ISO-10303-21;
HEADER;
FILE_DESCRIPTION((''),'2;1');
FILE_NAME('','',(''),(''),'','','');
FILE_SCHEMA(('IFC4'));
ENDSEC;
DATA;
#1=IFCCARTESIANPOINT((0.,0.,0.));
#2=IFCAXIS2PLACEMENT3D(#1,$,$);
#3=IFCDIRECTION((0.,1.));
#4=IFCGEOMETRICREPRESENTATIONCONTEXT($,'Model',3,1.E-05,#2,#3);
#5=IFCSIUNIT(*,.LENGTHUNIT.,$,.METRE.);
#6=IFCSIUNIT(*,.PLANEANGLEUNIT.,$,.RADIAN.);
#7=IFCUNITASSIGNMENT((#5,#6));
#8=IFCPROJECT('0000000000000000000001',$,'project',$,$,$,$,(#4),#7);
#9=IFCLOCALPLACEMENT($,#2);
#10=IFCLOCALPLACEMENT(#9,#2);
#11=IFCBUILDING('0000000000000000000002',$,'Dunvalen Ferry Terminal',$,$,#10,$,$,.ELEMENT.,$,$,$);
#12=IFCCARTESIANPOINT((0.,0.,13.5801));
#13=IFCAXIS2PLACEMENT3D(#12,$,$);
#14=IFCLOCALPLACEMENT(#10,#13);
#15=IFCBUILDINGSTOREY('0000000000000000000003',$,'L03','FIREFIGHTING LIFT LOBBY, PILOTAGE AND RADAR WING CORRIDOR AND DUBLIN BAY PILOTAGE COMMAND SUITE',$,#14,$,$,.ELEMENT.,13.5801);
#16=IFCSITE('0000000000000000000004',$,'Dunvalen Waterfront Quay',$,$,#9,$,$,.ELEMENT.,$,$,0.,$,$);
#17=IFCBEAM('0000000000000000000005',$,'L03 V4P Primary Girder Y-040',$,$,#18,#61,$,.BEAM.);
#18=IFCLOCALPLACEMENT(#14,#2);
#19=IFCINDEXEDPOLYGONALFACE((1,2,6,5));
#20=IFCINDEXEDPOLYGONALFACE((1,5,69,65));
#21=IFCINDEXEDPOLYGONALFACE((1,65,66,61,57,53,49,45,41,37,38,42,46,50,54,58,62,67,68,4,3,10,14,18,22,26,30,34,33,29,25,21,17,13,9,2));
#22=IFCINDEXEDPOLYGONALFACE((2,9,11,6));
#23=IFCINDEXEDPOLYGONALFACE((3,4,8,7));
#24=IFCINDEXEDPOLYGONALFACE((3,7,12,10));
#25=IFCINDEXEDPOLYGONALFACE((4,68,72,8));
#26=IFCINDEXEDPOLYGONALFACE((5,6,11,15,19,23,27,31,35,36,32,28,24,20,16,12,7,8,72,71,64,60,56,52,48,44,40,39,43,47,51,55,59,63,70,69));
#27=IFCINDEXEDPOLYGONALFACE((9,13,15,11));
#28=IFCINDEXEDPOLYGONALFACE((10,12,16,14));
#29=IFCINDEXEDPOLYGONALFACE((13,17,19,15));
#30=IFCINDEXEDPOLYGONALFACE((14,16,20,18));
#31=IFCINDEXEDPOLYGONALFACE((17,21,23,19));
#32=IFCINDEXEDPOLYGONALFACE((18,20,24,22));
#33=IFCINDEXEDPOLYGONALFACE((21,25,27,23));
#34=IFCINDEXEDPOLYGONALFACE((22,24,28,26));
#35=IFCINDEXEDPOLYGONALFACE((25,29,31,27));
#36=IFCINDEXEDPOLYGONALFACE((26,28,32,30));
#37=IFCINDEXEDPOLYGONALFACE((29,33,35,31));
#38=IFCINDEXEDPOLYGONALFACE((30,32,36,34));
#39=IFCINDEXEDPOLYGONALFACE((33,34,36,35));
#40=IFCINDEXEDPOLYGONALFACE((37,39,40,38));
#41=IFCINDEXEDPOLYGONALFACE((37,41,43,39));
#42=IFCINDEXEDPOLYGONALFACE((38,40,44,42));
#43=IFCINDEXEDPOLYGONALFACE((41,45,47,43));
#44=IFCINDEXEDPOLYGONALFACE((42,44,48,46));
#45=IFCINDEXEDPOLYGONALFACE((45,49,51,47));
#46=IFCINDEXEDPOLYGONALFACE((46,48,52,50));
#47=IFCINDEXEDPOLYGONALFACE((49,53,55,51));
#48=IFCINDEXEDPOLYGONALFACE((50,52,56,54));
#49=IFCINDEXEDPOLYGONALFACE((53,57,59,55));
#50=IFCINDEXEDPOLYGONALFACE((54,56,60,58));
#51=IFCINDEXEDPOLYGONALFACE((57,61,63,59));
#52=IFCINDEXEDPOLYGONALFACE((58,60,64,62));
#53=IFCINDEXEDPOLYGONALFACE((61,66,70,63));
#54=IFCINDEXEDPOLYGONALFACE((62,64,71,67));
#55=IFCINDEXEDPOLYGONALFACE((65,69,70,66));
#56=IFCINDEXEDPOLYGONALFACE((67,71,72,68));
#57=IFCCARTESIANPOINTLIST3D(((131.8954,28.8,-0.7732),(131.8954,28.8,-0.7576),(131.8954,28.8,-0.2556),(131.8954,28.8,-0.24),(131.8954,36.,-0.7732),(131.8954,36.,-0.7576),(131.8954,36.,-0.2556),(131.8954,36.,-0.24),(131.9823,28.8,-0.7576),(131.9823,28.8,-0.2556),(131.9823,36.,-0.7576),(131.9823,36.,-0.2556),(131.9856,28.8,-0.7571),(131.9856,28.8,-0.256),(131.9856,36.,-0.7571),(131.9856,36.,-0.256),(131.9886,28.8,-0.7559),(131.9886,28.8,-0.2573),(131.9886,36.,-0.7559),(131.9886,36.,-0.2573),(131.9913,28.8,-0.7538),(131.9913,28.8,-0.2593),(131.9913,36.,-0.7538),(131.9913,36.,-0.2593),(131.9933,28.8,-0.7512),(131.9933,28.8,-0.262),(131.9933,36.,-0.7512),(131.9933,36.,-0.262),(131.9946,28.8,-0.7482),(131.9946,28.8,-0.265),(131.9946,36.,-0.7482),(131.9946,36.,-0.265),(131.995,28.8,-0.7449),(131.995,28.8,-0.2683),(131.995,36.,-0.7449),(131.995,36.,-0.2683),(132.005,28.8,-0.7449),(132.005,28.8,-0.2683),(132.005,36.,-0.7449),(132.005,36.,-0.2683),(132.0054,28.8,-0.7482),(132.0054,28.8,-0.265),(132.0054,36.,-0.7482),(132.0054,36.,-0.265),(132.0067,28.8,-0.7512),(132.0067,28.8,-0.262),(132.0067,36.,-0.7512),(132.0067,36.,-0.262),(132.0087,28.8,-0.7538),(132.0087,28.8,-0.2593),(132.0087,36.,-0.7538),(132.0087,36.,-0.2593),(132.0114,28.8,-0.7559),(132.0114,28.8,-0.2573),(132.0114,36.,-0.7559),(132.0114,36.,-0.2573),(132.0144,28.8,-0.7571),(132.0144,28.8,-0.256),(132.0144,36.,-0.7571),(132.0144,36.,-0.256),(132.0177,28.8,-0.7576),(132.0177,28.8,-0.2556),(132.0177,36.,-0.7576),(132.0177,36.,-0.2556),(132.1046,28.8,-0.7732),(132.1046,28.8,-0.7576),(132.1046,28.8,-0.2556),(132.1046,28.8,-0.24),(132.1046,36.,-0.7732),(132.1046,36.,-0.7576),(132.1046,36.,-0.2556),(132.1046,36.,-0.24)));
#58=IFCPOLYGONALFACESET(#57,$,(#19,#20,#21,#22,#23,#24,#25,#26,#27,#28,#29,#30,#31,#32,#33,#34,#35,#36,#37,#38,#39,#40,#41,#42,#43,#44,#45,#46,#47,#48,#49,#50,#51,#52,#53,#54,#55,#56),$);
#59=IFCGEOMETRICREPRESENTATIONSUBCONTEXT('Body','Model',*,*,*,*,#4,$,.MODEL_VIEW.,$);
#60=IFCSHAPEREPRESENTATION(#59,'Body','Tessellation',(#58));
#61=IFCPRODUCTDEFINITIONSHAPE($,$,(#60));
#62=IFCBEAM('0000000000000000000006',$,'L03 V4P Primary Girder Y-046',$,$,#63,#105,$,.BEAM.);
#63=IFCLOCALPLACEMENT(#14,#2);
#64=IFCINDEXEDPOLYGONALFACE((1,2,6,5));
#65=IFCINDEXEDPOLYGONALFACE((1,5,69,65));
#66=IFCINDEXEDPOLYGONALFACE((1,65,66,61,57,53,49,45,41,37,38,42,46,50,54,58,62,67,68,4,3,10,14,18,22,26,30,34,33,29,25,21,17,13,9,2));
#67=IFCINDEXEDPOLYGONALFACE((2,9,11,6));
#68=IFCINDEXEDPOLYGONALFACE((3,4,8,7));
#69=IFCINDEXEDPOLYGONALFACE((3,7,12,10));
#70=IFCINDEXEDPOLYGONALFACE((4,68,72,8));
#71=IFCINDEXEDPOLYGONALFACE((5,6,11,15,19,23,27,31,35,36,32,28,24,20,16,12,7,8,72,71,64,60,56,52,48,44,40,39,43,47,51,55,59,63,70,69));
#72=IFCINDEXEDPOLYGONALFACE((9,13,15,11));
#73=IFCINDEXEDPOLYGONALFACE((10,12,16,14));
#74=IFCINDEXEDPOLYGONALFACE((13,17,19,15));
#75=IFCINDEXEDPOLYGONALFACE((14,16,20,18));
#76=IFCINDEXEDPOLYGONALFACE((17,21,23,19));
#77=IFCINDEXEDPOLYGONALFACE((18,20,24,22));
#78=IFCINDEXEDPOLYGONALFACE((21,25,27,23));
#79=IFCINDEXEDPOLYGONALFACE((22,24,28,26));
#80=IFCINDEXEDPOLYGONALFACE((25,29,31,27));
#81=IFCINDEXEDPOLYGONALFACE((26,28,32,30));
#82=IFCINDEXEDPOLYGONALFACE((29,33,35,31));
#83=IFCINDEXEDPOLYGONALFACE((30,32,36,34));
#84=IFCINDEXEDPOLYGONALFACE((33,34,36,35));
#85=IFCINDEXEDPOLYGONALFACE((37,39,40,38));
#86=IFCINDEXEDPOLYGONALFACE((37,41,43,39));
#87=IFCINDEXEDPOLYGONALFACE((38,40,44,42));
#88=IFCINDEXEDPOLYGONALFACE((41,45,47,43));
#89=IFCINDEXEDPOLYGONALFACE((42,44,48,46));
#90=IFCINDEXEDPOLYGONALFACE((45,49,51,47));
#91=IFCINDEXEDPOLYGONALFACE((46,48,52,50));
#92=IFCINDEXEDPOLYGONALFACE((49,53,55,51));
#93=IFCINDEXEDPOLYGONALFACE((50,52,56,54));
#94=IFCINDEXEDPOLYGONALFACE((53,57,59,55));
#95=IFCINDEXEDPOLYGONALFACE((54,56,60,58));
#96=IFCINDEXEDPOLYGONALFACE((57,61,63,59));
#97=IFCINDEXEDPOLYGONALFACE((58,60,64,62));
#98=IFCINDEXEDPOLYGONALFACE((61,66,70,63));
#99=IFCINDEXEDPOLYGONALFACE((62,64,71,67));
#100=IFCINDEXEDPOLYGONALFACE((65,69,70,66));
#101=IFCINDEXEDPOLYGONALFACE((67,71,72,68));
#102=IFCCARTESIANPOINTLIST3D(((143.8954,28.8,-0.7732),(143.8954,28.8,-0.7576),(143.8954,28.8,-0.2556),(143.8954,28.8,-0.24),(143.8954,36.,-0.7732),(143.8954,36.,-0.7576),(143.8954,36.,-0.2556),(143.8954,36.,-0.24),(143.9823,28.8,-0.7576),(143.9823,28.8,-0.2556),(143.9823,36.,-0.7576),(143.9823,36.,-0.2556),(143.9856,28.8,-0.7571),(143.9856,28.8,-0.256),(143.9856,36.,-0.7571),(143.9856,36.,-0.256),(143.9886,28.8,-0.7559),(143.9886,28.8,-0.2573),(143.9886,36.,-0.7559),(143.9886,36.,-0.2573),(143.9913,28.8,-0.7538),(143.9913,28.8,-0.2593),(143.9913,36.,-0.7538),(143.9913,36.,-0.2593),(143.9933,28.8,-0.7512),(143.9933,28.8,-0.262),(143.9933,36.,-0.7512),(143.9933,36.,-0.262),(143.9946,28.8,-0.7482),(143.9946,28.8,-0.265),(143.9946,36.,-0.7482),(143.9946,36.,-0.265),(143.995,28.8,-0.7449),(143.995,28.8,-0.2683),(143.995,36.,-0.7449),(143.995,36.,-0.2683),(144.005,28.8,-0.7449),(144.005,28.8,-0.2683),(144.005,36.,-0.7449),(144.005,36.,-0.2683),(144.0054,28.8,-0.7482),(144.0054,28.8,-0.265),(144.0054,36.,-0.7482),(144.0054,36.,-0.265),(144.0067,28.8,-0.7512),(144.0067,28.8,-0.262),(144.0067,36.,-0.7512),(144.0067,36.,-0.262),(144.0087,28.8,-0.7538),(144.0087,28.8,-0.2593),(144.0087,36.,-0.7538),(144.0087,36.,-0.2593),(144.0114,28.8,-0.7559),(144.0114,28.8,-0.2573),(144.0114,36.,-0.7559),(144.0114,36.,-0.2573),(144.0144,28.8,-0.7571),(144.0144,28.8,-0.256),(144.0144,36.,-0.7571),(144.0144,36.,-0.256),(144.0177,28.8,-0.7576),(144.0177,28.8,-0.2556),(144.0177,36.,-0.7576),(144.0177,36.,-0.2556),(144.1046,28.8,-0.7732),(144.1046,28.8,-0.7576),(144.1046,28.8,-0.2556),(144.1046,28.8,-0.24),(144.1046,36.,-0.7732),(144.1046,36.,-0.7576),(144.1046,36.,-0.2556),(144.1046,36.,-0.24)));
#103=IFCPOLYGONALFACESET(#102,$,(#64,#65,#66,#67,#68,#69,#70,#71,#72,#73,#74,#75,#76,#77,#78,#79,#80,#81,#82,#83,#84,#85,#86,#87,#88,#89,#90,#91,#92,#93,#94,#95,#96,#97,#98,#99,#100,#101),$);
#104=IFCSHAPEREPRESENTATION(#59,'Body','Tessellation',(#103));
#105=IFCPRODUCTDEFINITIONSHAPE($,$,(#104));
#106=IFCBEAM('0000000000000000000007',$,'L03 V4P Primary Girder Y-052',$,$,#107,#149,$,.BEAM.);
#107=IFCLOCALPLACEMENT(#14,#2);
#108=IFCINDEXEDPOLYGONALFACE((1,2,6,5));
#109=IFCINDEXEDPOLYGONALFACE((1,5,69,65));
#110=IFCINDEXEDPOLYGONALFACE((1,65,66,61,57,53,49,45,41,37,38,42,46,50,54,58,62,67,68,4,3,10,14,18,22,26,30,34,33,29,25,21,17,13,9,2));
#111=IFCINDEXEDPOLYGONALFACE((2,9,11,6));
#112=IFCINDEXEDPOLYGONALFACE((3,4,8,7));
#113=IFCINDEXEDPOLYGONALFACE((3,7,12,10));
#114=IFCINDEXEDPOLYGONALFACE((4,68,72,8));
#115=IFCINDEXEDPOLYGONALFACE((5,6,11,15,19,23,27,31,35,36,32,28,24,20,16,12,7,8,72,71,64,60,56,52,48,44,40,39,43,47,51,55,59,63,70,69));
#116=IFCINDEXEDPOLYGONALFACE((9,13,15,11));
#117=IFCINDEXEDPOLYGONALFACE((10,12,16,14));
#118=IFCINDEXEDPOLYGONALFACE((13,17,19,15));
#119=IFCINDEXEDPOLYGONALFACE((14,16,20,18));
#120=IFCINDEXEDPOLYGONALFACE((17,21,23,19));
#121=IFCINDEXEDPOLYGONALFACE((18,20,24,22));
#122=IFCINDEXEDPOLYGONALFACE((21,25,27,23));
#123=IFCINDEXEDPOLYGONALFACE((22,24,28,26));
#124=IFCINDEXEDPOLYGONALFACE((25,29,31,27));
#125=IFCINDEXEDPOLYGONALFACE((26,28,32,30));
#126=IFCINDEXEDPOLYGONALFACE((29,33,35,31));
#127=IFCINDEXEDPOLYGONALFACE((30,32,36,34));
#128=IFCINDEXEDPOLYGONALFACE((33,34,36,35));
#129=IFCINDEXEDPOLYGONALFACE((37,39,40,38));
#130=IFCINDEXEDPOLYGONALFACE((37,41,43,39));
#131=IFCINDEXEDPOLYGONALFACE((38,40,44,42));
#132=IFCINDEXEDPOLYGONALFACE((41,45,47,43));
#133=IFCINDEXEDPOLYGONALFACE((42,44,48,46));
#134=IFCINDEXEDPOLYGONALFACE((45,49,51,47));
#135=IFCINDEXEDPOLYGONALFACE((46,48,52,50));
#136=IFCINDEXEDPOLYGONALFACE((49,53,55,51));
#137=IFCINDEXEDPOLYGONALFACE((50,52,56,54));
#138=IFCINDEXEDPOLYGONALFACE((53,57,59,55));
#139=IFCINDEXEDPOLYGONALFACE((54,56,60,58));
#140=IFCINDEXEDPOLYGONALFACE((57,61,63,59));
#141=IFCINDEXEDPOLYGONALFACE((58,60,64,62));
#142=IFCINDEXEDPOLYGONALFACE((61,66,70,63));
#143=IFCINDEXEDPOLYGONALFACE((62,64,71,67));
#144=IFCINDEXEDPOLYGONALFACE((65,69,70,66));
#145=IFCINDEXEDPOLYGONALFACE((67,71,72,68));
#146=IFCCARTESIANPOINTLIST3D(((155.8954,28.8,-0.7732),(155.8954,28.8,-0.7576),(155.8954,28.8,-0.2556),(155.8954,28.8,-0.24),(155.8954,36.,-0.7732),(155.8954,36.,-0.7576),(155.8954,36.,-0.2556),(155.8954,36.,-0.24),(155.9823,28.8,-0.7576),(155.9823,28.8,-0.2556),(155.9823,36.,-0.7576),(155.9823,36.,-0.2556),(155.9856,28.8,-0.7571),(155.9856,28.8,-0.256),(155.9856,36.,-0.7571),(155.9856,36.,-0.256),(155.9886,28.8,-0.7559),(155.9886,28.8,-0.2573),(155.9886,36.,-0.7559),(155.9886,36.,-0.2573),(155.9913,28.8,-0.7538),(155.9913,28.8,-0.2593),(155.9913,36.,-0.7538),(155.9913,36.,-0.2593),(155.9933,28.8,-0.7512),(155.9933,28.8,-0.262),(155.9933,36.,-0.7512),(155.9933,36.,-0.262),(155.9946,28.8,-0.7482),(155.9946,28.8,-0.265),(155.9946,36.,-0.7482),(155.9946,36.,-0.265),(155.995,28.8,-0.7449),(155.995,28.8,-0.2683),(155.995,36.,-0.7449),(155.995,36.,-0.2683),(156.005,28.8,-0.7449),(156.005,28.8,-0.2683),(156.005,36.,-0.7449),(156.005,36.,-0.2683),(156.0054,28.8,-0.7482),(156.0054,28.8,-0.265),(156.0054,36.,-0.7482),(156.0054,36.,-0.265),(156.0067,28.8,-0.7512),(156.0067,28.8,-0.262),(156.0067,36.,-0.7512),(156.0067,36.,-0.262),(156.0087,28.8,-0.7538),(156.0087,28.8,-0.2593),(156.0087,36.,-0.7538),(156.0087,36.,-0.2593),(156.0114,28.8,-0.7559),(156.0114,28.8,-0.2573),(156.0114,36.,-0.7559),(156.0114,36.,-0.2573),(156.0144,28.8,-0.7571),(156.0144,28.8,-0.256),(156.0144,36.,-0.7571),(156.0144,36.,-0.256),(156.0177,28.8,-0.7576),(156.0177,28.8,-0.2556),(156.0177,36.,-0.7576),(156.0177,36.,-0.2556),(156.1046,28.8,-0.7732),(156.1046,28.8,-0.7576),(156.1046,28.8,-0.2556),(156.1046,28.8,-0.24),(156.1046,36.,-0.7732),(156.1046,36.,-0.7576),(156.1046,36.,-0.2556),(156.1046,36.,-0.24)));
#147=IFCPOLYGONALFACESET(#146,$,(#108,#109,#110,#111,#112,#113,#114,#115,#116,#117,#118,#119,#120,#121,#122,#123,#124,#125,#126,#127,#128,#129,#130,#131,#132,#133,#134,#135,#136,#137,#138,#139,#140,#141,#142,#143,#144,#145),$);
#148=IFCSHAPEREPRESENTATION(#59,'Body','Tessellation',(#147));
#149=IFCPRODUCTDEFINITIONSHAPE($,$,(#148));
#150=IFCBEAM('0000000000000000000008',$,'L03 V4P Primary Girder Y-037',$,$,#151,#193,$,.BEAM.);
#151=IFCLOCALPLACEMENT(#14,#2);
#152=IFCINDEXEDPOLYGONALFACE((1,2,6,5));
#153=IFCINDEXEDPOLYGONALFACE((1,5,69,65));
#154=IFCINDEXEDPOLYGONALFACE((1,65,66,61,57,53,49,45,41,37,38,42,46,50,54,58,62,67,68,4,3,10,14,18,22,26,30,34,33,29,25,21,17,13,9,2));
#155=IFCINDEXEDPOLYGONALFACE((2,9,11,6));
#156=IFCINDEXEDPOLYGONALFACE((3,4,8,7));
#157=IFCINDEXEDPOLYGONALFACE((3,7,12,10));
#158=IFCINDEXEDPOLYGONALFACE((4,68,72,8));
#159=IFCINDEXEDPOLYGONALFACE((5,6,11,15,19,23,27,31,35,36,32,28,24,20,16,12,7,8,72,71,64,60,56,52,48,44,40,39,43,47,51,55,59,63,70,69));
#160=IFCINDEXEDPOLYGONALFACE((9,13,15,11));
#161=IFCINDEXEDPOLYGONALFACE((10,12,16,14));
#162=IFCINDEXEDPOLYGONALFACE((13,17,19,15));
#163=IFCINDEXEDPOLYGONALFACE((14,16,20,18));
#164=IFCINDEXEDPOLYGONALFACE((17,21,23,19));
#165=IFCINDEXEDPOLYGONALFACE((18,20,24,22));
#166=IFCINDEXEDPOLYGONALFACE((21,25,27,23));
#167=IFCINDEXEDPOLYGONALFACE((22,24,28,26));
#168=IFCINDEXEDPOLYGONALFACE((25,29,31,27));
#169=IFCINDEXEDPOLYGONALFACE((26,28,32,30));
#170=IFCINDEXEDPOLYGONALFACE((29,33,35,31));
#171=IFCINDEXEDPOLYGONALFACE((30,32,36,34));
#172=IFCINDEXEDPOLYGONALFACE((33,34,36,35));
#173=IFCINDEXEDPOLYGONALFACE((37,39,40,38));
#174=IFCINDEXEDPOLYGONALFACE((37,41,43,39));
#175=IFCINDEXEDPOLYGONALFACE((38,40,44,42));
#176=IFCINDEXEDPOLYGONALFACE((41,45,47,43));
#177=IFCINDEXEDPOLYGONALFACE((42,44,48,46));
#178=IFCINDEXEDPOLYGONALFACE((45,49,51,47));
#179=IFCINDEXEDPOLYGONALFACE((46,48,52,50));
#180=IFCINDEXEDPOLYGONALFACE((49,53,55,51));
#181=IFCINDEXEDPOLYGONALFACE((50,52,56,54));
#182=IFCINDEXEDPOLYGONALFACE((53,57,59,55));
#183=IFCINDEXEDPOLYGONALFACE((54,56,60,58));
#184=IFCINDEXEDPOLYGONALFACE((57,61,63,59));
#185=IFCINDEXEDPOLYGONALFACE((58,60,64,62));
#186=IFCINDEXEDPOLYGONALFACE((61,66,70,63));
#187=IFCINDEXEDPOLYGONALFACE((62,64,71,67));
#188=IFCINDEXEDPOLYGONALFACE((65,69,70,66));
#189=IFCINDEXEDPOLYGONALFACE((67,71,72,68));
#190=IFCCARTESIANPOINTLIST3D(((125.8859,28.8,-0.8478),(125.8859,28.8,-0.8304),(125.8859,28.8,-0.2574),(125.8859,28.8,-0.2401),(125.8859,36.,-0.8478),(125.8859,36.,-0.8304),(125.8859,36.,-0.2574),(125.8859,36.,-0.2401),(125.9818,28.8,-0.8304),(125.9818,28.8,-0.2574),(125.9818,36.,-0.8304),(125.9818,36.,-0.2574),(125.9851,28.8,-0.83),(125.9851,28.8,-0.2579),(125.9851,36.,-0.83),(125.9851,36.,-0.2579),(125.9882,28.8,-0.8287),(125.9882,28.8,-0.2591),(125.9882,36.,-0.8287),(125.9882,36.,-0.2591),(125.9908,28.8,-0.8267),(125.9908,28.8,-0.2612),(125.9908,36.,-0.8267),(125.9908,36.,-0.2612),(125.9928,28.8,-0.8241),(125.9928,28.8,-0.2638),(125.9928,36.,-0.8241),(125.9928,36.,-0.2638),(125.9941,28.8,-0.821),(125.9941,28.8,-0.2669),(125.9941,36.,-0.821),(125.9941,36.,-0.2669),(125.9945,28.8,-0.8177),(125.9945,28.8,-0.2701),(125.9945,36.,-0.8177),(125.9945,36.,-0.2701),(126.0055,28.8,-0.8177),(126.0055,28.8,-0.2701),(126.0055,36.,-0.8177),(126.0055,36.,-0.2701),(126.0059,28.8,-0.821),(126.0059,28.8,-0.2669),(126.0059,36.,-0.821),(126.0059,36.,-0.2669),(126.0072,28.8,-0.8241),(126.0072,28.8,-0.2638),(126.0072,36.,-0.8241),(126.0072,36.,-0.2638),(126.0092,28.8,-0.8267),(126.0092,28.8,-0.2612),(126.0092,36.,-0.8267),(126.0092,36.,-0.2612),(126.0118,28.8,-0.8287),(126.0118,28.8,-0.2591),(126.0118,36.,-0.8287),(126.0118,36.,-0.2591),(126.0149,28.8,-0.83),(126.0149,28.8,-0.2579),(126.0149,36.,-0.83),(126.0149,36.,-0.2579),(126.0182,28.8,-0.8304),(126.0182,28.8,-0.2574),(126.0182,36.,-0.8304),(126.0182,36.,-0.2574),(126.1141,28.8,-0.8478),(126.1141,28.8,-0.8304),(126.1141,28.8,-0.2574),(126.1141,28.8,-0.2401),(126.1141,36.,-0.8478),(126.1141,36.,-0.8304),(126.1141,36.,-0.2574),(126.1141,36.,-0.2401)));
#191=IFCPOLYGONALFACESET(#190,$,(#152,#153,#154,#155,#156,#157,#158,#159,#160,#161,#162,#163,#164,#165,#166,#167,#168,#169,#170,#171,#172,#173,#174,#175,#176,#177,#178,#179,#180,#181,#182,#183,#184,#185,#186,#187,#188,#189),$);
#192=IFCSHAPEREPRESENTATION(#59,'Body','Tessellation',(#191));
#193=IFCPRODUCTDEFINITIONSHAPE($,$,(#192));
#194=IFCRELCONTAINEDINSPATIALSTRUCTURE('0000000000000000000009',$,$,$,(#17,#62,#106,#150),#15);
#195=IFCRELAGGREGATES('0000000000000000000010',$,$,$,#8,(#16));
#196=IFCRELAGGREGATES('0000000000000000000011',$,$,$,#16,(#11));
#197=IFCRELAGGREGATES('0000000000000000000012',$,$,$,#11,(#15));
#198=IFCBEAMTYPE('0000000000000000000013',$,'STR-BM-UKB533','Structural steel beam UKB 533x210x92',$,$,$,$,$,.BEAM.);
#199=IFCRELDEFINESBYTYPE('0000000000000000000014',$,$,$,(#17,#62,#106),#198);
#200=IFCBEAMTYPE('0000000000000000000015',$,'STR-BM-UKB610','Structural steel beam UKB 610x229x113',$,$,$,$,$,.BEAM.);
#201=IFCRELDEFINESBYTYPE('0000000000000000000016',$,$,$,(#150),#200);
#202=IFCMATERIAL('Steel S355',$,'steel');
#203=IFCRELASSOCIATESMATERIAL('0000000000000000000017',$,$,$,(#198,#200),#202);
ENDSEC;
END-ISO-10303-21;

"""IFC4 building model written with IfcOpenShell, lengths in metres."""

from ifc_helpers import new_model, si_unit, direction, frame, origin, origin_2d, place, context, subcontext, project, spatial, i_section, extrude, material, material_profile, profile_set, type_object, element, save


model = new_model("IFC4")

# Units and contexts
model_context = context("Model", 3, precision=1e-05, world=origin(), true_north=direction((0.0, 1.0)))
body_context = subcontext(model_context, "Body", "Model", "MODEL_VIEW")
ifc_project = project(units=[si_unit("LENGTHUNIT", "METRE"), si_unit("PLANEANGLEUNIT", "RADIAN")], contexts=[model_context])

# Site, building, storey
site_placement = place(None, origin())
site = spatial("IfcSite", under=ifc_project, at=site_placement, Name="Dunvalen Waterfront Quay", CompositionType="ELEMENT", RefElevation=0.0)
building_placement = place(site_placement, origin())
building = spatial("IfcBuilding", under=site, at=building_placement, Name="Dunvalen Ferry Terminal", CompositionType="ELEMENT")
storey_placement = place(building_placement, frame((0.0, 0.0, 13.5801)))
storey = spatial("IfcBuildingStorey", under=building, at=storey_placement, Name="L03", Description="FIREFIGHTING LIFT LOBBY, PILOTAGE AND RADAR WING CORRIDOR AND DUBLIN BAY PILOTAGE COMMAND SUITE", CompositionType="ELEMENT", Elevation=13.5801)

# Beams
ifc_material_1 = material(Name="Steel S355", Category="steel")
ifc_material_profile_1 = material_profile(ifc_material_1, i_section(OverallWidth=0.2092, OverallDepth=0.5332, WebThickness=0.01, FlangeThickness=0.0156, FilletRadius=0.0127, at=origin_2d()), Name="Steel S355")
ifc_profile_set_1 = profile_set([ifc_material_profile_1], Name="Steel S355")
beam_type_1 = type_object("IfcBeamType", Name="STR-BM-UKB533", Description="Structural steel beam UKB 533x210x92", PredefinedType="BEAM", material=ifc_profile_set_1)
for number, where, z_axis, x_axis, name in (
    (1, (132.0, 28.8, -0.5066), (0.0, 1.0, 0.0), (-1.0, 0.0, 0.0), "L03 V4P Primary Girder Y-040"),
    (2, (144.0, 28.8, -0.5066), (0.0, 1.0, 0.0), (-1.0, 0.0, 0.0), "L03 V4P Primary Girder Y-046"),
    (3, (156.0, 28.8, -0.5066), (0.0, 1.0, 0.0), (-1.0, 0.0, 0.0), "L03 V4P Primary Girder Y-052"),
):
    element("IfcBeam", number, at=place(storey_placement, frame(where, z_axis=z_axis, x_axis=x_axis)), inside=storey, type_object=beam_type_1, Name=name, PredefinedType="BEAM", context=body_context, shape_type="SweptSolid", body=[
        extrude(i_section(OverallWidth=0.2092, OverallDepth=0.5332, WebThickness=0.01, FlangeThickness=0.0156, FilletRadius=0.0127, at=origin_2d()), origin(), (0.0, 0.0, 1.0), 7.2),
    ])
ifc_material_profile_2 = material_profile(ifc_material_1, i_section(OverallWidth=0.2283, OverallDepth=0.6077, WebThickness=0.011, FlangeThickness=0.0173, FilletRadius=0.0127, at=origin_2d()), Name="Steel S355")
ifc_profile_set_2 = profile_set([ifc_material_profile_2], Name="Steel S355")
beam_type_2 = type_object("IfcBeamType", Name="STR-BM-UKB610", Description="Structural steel beam UKB 610x229x113", PredefinedType="BEAM", material=ifc_profile_set_2)
for number, where, z_axis, x_axis, name in (
    (4, (126.0, 28.8, -0.5439), (0.0, 1.0, 0.0), (-1.0, 0.0, 0.0), "L03 V4P Primary Girder Y-037"),
):
    element("IfcBeam", number, at=place(storey_placement, frame(where, z_axis=z_axis, x_axis=x_axis)), inside=storey, type_object=beam_type_2, Name=name, PredefinedType="BEAM", context=body_context, shape_type="SweptSolid", body=[
        extrude(i_section(OverallWidth=0.2283, OverallDepth=0.6077, WebThickness=0.011, FlangeThickness=0.0173, FilletRadius=0.0127, at=origin_2d()), origin(), (0.0, 0.0, 1.0), 7.2),
    ])

save(model, "model.ifc")
